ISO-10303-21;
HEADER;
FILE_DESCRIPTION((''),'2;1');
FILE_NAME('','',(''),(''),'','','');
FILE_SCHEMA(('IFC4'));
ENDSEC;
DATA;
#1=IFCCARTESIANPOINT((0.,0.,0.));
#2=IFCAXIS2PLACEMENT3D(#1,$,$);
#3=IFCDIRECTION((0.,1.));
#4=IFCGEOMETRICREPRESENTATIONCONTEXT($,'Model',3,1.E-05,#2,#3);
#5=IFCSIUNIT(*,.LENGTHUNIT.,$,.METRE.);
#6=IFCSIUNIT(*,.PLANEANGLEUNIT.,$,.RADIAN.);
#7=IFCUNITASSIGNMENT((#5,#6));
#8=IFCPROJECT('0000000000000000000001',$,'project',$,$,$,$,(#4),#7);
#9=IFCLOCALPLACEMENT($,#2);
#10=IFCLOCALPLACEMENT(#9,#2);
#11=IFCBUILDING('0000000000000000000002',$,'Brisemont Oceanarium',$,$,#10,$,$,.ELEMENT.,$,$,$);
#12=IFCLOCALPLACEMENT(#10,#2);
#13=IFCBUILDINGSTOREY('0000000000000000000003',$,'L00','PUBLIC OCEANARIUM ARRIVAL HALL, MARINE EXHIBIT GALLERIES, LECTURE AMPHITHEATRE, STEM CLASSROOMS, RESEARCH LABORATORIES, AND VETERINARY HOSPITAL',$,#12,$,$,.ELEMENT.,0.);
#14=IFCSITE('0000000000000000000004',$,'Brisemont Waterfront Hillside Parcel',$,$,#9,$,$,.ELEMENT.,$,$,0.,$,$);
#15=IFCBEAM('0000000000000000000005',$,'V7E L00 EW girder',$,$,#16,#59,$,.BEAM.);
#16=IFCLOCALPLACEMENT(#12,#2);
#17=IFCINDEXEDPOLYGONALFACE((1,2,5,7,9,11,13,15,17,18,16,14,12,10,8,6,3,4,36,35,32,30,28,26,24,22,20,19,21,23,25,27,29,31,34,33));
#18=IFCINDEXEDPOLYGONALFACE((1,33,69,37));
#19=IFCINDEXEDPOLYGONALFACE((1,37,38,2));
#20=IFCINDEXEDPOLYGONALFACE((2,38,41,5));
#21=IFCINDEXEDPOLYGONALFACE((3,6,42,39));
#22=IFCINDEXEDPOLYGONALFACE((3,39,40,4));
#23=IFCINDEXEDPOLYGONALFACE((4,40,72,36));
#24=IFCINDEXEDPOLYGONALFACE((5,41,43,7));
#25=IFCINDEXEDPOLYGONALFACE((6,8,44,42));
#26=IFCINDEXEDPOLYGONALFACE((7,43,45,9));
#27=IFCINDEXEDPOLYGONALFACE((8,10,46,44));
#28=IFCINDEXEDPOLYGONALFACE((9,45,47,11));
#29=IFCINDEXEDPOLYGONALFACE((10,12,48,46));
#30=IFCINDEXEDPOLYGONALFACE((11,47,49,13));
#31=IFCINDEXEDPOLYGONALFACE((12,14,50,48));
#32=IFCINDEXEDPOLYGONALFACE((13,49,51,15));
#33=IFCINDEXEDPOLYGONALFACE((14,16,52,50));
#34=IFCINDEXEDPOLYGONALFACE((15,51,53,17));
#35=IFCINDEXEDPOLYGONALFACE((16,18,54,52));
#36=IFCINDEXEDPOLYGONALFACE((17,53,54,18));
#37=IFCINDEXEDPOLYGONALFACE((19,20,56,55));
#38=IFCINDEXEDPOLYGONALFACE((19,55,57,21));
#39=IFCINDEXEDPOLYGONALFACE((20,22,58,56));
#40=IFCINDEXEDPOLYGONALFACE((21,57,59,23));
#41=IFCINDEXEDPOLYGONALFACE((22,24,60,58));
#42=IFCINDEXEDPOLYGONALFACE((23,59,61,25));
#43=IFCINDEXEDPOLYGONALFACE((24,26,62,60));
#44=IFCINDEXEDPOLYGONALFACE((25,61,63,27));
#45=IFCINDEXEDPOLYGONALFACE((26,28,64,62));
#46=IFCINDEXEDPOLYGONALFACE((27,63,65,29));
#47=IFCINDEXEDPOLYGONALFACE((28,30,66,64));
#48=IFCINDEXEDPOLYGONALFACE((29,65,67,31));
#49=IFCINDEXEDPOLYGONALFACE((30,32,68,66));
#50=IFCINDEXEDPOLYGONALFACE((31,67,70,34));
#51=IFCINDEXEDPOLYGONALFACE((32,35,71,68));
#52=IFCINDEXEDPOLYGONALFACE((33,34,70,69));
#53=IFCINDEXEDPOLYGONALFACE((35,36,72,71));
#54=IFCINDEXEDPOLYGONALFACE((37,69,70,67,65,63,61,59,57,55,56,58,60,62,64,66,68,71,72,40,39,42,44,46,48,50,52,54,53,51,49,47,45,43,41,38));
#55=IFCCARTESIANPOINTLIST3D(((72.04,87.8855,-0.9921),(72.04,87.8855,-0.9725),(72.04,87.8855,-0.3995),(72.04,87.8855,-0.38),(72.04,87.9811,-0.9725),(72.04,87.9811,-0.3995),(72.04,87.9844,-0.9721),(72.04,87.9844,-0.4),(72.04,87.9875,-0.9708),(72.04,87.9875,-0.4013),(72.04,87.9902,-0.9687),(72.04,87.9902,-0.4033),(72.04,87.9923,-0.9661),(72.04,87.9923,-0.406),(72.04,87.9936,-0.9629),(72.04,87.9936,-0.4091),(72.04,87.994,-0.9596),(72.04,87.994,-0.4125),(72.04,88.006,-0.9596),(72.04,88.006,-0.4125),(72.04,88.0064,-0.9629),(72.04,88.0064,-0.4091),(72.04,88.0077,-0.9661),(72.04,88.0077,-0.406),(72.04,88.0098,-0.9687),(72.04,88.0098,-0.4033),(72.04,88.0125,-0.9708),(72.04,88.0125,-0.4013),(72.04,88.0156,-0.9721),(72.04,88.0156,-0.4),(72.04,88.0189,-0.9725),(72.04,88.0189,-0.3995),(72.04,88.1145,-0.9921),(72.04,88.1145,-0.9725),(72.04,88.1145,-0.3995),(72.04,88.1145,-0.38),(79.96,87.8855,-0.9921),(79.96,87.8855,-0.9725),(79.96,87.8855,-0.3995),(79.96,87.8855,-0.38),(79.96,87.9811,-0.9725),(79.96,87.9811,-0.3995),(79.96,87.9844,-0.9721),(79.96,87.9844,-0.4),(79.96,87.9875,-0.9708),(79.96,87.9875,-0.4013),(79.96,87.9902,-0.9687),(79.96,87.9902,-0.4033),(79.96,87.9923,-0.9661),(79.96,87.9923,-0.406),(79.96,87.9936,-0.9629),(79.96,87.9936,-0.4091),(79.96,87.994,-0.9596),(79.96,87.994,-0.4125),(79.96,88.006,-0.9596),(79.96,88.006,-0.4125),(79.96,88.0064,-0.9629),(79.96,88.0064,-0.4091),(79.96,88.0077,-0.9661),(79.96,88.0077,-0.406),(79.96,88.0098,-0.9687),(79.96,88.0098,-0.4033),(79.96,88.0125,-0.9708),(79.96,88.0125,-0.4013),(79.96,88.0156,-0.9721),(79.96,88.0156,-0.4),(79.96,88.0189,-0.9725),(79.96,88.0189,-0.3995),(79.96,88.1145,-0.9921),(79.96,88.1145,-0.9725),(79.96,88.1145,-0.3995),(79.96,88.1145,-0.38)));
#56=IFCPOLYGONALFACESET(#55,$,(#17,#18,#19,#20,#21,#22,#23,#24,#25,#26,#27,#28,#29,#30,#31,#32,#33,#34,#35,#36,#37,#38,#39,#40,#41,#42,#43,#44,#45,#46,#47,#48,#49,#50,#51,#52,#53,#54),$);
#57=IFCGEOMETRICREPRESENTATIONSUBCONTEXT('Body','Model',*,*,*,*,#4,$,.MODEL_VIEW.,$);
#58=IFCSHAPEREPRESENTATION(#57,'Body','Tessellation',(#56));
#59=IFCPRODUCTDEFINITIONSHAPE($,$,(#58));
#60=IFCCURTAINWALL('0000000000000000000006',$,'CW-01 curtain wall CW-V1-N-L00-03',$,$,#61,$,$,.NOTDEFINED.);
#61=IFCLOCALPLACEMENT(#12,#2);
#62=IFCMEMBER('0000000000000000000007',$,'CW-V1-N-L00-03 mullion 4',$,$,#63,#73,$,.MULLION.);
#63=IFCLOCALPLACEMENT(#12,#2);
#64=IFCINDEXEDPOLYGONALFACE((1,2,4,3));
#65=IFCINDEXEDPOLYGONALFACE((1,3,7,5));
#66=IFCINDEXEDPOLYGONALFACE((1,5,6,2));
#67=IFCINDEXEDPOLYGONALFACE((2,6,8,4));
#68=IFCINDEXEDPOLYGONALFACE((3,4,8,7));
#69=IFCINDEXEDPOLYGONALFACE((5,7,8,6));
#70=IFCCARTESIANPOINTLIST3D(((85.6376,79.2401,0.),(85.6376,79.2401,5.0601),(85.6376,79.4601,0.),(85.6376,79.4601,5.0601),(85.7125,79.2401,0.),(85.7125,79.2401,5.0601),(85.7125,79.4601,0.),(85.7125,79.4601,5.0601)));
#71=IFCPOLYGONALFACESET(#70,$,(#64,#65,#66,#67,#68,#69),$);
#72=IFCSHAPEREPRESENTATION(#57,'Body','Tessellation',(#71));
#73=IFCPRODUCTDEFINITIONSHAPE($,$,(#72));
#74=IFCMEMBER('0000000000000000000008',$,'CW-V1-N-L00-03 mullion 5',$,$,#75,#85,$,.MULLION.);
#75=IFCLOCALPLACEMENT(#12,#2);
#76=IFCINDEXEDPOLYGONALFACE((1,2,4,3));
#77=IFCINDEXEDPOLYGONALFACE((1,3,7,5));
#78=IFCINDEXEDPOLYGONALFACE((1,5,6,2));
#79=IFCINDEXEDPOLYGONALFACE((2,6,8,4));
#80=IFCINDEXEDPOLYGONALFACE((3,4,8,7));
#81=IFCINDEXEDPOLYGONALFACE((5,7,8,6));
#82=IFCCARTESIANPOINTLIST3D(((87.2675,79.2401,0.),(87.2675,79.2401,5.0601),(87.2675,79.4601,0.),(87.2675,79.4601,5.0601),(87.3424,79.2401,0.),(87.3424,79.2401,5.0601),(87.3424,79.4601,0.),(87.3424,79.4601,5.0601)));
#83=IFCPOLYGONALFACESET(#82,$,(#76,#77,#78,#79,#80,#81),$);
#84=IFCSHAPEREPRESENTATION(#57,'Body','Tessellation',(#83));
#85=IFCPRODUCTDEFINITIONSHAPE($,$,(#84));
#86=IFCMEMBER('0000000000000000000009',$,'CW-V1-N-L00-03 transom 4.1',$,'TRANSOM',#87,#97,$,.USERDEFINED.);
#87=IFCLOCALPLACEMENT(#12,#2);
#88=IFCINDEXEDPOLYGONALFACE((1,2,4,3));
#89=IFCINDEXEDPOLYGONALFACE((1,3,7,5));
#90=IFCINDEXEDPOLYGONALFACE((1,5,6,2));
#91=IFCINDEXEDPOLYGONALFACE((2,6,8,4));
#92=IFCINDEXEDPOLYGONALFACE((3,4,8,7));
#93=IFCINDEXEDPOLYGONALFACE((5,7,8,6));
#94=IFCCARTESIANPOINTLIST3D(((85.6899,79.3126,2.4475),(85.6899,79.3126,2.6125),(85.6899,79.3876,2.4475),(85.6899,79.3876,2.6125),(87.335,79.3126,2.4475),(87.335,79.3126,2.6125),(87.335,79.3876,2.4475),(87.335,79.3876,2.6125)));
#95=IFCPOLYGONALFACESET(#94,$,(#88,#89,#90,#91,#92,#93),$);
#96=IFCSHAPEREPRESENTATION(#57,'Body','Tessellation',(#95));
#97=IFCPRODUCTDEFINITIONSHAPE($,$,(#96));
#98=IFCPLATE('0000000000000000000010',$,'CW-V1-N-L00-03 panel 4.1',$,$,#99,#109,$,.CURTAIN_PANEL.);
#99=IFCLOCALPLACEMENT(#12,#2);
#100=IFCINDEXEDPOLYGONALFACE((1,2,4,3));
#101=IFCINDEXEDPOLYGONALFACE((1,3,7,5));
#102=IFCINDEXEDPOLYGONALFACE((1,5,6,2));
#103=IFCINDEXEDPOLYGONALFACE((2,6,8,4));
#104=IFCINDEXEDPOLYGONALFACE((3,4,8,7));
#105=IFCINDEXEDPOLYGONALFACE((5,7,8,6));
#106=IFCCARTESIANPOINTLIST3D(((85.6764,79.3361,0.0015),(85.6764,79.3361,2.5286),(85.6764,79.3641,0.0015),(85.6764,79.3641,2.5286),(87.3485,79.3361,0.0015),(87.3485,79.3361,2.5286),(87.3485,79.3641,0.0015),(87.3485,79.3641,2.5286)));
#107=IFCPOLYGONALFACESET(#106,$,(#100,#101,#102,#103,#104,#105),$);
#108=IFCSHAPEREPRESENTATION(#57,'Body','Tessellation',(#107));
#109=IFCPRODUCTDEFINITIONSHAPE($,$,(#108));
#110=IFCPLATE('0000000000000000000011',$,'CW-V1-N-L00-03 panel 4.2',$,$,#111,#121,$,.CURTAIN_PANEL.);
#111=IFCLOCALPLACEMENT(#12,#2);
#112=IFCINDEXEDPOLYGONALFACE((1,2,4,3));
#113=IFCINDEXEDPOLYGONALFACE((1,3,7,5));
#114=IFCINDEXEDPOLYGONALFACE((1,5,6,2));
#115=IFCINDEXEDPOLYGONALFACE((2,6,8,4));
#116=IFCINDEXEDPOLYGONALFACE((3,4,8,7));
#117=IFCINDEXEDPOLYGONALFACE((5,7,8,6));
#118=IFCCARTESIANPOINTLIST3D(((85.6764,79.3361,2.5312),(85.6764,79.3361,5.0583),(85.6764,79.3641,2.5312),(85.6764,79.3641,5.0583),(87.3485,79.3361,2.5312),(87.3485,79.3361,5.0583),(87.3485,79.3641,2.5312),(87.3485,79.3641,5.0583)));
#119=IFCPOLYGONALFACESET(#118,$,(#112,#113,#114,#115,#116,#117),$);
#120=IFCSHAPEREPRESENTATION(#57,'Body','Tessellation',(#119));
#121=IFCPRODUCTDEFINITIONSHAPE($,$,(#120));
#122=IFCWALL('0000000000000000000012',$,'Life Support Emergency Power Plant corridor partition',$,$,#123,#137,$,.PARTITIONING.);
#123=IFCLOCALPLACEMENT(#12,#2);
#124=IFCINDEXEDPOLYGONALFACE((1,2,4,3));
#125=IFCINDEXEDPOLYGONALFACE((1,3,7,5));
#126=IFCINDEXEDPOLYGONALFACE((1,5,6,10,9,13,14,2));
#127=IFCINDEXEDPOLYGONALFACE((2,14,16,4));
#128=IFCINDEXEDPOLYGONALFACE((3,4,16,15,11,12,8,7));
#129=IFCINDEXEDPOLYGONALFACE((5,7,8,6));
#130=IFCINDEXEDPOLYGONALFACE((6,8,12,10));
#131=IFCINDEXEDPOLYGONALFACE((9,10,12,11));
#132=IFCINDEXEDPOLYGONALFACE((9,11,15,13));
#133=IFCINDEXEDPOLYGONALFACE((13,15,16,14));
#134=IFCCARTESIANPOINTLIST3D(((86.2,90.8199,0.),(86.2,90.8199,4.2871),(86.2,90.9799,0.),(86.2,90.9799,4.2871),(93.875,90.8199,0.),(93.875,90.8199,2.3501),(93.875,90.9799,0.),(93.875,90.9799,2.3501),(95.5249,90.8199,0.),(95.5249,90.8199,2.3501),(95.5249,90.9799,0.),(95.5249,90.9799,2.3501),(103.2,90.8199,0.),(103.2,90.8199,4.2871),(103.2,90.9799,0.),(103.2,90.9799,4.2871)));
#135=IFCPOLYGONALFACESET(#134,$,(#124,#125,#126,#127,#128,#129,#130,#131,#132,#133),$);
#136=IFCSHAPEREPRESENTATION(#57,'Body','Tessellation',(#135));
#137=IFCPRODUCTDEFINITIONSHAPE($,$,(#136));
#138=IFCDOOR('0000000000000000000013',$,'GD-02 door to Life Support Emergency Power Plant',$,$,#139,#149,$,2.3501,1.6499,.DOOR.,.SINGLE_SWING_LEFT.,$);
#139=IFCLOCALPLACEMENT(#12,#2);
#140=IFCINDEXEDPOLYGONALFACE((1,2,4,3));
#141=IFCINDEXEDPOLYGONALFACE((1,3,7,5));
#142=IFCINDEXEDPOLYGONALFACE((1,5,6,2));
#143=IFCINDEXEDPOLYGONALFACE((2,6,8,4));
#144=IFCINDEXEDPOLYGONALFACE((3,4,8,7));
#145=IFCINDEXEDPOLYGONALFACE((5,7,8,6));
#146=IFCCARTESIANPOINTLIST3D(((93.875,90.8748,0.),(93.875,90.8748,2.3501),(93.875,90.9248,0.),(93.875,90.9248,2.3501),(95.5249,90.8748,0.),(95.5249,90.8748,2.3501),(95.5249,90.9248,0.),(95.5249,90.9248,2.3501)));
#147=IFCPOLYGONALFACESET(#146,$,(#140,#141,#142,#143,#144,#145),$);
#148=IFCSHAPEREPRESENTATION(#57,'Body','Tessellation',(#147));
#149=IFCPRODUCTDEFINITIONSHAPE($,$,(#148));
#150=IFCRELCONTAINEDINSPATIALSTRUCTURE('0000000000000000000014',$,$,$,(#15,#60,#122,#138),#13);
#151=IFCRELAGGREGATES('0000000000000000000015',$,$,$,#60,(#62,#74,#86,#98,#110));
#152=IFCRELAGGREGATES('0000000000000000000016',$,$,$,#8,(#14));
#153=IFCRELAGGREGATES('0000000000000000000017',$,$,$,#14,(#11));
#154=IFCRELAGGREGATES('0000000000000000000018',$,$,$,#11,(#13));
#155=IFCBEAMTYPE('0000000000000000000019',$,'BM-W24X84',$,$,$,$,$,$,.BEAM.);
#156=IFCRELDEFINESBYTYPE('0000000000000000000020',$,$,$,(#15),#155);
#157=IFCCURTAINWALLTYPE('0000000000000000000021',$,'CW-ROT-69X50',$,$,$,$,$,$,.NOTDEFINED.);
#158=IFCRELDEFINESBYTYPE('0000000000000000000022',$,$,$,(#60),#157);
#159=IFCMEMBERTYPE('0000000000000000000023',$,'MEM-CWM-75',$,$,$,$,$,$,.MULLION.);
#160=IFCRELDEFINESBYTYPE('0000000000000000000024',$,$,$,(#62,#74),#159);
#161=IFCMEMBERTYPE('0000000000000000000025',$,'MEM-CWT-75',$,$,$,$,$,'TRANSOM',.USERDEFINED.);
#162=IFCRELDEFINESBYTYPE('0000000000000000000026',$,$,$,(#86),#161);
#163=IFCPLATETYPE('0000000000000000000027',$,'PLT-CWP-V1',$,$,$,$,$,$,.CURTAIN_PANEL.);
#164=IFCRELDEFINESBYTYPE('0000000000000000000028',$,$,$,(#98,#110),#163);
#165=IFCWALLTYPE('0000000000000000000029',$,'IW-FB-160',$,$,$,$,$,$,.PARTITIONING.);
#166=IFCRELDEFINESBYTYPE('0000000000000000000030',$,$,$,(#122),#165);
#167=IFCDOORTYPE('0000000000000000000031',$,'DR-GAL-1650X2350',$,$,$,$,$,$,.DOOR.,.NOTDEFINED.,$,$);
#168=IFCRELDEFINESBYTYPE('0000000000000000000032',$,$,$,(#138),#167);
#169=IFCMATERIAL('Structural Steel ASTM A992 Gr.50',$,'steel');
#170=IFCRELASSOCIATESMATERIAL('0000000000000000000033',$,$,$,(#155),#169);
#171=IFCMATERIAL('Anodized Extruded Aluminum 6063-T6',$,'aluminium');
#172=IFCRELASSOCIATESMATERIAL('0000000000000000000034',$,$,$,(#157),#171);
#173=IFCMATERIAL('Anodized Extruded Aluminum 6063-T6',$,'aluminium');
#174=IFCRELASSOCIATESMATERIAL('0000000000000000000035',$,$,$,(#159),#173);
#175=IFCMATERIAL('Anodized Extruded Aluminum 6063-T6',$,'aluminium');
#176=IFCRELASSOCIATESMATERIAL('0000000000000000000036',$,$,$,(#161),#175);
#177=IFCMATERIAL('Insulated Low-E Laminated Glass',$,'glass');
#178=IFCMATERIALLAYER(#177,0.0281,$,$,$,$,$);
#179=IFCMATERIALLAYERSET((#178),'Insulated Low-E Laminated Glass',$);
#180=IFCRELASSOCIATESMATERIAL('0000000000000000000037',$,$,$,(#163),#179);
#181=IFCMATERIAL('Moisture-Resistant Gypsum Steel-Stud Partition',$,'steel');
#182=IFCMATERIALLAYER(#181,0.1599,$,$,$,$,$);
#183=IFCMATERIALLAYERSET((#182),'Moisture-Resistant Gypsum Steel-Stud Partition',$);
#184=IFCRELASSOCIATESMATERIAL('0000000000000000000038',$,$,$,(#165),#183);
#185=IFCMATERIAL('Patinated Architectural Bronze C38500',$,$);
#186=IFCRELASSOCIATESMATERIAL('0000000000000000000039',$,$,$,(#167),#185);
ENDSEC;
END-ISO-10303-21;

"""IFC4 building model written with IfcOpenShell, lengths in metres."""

from ifc_helpers import new_model, si_unit, direction, frame, frame_2d, origin, origin_2d, place, context, subcontext, project, spatial, rectangle, i_section, extrude, material, layer, layer_set, material_profile, profile_set, type_object, element, fill, aggregate, save


model = new_model("IFC4")

# Units and contexts
model_context = context("Model", 3, precision=1e-05, world=origin(), true_north=direction((0.0, 1.0)))
body_context = subcontext(model_context, "Body", "Model", "MODEL_VIEW")
ifc_project = project(units=[si_unit("LENGTHUNIT", "METRE"), si_unit("PLANEANGLEUNIT", "RADIAN")], contexts=[model_context])

# Site, building, storey
site_placement = place(None, origin())
site = spatial("IfcSite", under=ifc_project, at=site_placement, Name="Brisemont Waterfront Hillside Parcel", CompositionType="ELEMENT", RefElevation=0.0)
building_placement = place(site_placement, origin())
building = spatial("IfcBuilding", under=site, at=building_placement, Name="Brisemont Oceanarium", CompositionType="ELEMENT")
storey_placement = place(building_placement, origin())
storey = spatial("IfcBuildingStorey", under=building, at=storey_placement, Name="L00", Description="PUBLIC OCEANARIUM ARRIVAL HALL, MARINE EXHIBIT GALLERIES, LECTURE AMPHITHEATRE, STEM CLASSROOMS, RESEARCH LABORATORIES, AND VETERINARY HOSPITAL", CompositionType="ELEMENT", Elevation=0.0)

# Beam
ifc_material_1 = material(Name="Structural Steel ASTM A992 Gr.50", Category="steel")
ifc_material_profile_1 = material_profile(ifc_material_1, i_section(OverallWidth=0.229, OverallDepth=0.6121, WebThickness=0.012, FlangeThickness=0.0195, FilletRadius=0.0129, at=origin_2d()), Name="W24X84")
ifc_profile_set_1 = profile_set([ifc_material_profile_1], Name="Structural Steel ASTM A992 Gr.50")
beam_type_1 = type_object("IfcBeamType", Name="BM-W24X84", PredefinedType="BEAM", material=ifc_profile_set_1)
beam_1_placement = place(storey_placement, frame((72.04, 88.0, -0.686), z_axis=(1.0, 0.0, 0.0), x_axis=(0.0, 1.0, 0.0)))
element("IfcBeam", 1, at=beam_1_placement, inside=storey, type_object=beam_type_1, Name="V7E L00 EW girder", PredefinedType="BEAM", context=body_context, shape_type="SweptSolid", body=[
    extrude(i_section(OverallWidth=0.229, OverallDepth=0.6121, WebThickness=0.012, FlangeThickness=0.0195, FilletRadius=0.0129, at=origin_2d()), origin(), (0.0, 0.0, 1.0), 7.9199),
])

# Curtain wall, members, plates
ifc_material_2 = material(Name="Anodized Extruded Aluminum 6063-T6", Category="aluminium")
curtain_wall_type = type_object("IfcCurtainWallType", Name="CW-ROT-69X50", PredefinedType="NOTDEFINED", material=ifc_material_2)
curtain_wall_placement = place(storey_placement, origin())
curtain_wall = element("IfcCurtainWall", 2, at=curtain_wall_placement, inside=storey, type_object=curtain_wall_type, Name="CW-01 curtain wall CW-V1-N-L00-03", PredefinedType="NOTDEFINED")
ifc_material_3 = material(Name="Anodized Extruded Aluminum 6063-T6", Category="aluminium")
ifc_material_profile_2 = material_profile(ifc_material_3, rectangle(XDim=0.075, YDim=0.22, at=origin_2d()), Name="CWM-75X220")
ifc_profile_set_2 = profile_set([ifc_material_profile_2], Name="Anodized Extruded Aluminum 6063-T6")
member_type_1 = type_object("IfcMemberType", Name="MEM-CWM-75", PredefinedType="MULLION", material=ifc_profile_set_2)
member_1_placement = place(storey_placement, frame((85.675, 79.3501, 0.0), z_axis=(0.0, 0.0, 1.0), x_axis=(1.0, 0.0, 0.0)))
member_1 = element("IfcMember", 3, at=member_1_placement, type_object=member_type_1, Name="CW-V1-N-L00-03 mullion 4", PredefinedType="MULLION", context=body_context, shape_type="SweptSolid", body=[
    extrude(rectangle(XDim=0.075, YDim=0.22, at=origin_2d()), origin(), (0.0, 0.0, 1.0), 5.0601),
])
member_2_placement = place(storey_placement, frame((87.3049, 79.3501, 0.0), z_axis=(0.0, 0.0, 1.0), x_axis=(1.0, 0.0, 0.0)))
member_2 = element("IfcMember", 4, at=member_2_placement, type_object=member_type_1, Name="CW-V1-N-L00-03 mullion 5", PredefinedType="MULLION", context=body_context, shape_type="SweptSolid", body=[
    extrude(rectangle(XDim=0.075, YDim=0.22, at=origin_2d()), origin(), (0.0, 0.0, 1.0), 5.0601),
])
ifc_material_4 = material(Name="Anodized Extruded Aluminum 6063-T6", Category="aluminium")
ifc_material_profile_3 = material_profile(ifc_material_4, rectangle(XDim=0.075, YDim=0.165, at=origin_2d()), Name="CWT-75X165")
ifc_profile_set_3 = profile_set([ifc_material_profile_3], Name="Anodized Extruded Aluminum 6063-T6")
member_type_2 = type_object("IfcMemberType", Name="MEM-CWT-75", ElementType="TRANSOM", PredefinedType="USERDEFINED", material=ifc_profile_set_3)
member_3_placement = place(storey_placement, frame((85.6899, 79.3501, 2.53), z_axis=(1.0, 0.0, 0.0), x_axis=(0.0, 1.0, 0.0)))
member_3 = element("IfcMember", 5, at=member_3_placement, type_object=member_type_2, Name="CW-V1-N-L00-03 transom 4.1", ObjectType="TRANSOM", PredefinedType="USERDEFINED", context=body_context, shape_type="SweptSolid", body=[
    extrude(rectangle(XDim=0.075, YDim=0.165, at=origin_2d()), origin(), (0.0, 0.0, 1.0), 1.645),
])
ifc_material_5 = material(Name="Insulated Low-E Laminated Glass", Category="glass")
ifc_layer_1 = layer(ifc_material_5, 0.0281)
ifc_layer_set_1 = layer_set([ifc_layer_1], Name="Insulated Low-E Laminated Glass")
plate_type = type_object("IfcPlateType", Name="PLT-CWP-V1", PredefinedType="CURTAIN_PANEL", material=ifc_layer_set_1)
plate_1_placement = place(storey_placement, frame((86.5125, 79.3501, 0.0015), z_axis=(0.0, 0.0, 1.0), x_axis=(1.0, 0.0, 0.0)))
plate_1 = element("IfcPlate", 6, at=plate_1_placement, type_object=plate_type, Name="CW-V1-N-L00-03 panel 4.1", PredefinedType="CURTAIN_PANEL", context=body_context, shape_type="SweptSolid", body=[
    extrude(rectangle(XDim=1.6721, YDim=0.0281, at=origin_2d()), origin(), (0.0, 0.0, 1.0), 2.5271),
])
plate_2_placement = place(storey_placement, frame((86.5125, 79.3501, 2.5312), z_axis=(0.0, 0.0, 1.0), x_axis=(1.0, 0.0, 0.0)))
plate_2 = element("IfcPlate", 7, at=plate_2_placement, type_object=plate_type, Name="CW-V1-N-L00-03 panel 4.2", PredefinedType="CURTAIN_PANEL", context=body_context, shape_type="SweptSolid", body=[
    extrude(rectangle(XDim=1.6721, YDim=0.0281, at=origin_2d()), origin(), (0.0, 0.0, 1.0), 2.5271),
])
aggregate(curtain_wall, [member_1, member_2, member_3, plate_1, plate_2])

# Wall, opening, door
ifc_material_6 = material(Name="Moisture-Resistant Gypsum Steel-Stud Partition", Category="steel")
ifc_layer_2 = layer(ifc_material_6, 0.1599)
ifc_layer_set_2 = layer_set([ifc_layer_2], Name="Moisture-Resistant Gypsum Steel-Stud Partition")
wall_type_1 = type_object("IfcWallType", Name="IW-FB-160", PredefinedType="PARTITIONING", material=ifc_layer_set_2)
wall_1_placement = place(storey_placement, frame((86.2, 90.8999, 0.0), z_axis=(0.0, 0.0, 1.0), x_axis=(1.0, 0.0, 0.0)))
wall_1 = element("IfcWall", 8, at=wall_1_placement, inside=storey, type_object=wall_type_1, Name="Life Support Emergency Power Plant corridor partition", PredefinedType="PARTITIONING", context=body_context, shape_type="SweptSolid", body=[
    extrude(rectangle(XDim=17.0, YDim=0.1599, at=frame_2d((8.5, 0.0))), origin(), (0.0, 0.0, 1.0), 4.2871),
])
opening_1_placement = place(wall_1_placement, frame((7.675, 0.0, 0.0)))
opening_1 = element("IfcOpeningElement", 9, at=opening_1_placement, cuts=wall_1, PredefinedType="OPENING", context=body_context, shape_type="SweptSolid", body=[
    extrude(rectangle(XDim=1.6499, YDim=2.3501, at=frame_2d((0.825, 1.175))), frame((0.0, 0.0898, 0.0), z_axis=(0.0, -1.0, 0.0), x_axis=(1.0, 0.0, 0.0)), (0.0, 0.0, 1.0), 0.1799),
])
ifc_material_7 = material(Name="Patinated Architectural Bronze C38500")
door_type_1 = type_object("IfcDoorType", Name="DR-GAL-1650X2350", OperationType="NOTDEFINED", PredefinedType="DOOR", material=ifc_material_7)
door_1_placement = place(opening_1_placement, origin())
door_1 = element("IfcDoor", 10, at=door_1_placement, inside=storey, type_object=door_type_1, Name="GD-02 door to Life Support Emergency Power Plant", OperationType="SINGLE_SWING_LEFT", OverallHeight=2.3501, OverallWidth=1.6499, PredefinedType="DOOR", context=body_context, shape_type="SweptSolid", body=[
    extrude(rectangle(XDim=1.6499, YDim=2.3501, at=frame_2d((0.825, 1.175))), frame((0.0, 0.0249, 0.0), z_axis=(0.0, -1.0, 0.0), x_axis=(1.0, 0.0, 0.0)), (0.0, 0.0, 1.0), 0.05),
])
fill(opening_1, door_1)

save(model, "model.ifc")
